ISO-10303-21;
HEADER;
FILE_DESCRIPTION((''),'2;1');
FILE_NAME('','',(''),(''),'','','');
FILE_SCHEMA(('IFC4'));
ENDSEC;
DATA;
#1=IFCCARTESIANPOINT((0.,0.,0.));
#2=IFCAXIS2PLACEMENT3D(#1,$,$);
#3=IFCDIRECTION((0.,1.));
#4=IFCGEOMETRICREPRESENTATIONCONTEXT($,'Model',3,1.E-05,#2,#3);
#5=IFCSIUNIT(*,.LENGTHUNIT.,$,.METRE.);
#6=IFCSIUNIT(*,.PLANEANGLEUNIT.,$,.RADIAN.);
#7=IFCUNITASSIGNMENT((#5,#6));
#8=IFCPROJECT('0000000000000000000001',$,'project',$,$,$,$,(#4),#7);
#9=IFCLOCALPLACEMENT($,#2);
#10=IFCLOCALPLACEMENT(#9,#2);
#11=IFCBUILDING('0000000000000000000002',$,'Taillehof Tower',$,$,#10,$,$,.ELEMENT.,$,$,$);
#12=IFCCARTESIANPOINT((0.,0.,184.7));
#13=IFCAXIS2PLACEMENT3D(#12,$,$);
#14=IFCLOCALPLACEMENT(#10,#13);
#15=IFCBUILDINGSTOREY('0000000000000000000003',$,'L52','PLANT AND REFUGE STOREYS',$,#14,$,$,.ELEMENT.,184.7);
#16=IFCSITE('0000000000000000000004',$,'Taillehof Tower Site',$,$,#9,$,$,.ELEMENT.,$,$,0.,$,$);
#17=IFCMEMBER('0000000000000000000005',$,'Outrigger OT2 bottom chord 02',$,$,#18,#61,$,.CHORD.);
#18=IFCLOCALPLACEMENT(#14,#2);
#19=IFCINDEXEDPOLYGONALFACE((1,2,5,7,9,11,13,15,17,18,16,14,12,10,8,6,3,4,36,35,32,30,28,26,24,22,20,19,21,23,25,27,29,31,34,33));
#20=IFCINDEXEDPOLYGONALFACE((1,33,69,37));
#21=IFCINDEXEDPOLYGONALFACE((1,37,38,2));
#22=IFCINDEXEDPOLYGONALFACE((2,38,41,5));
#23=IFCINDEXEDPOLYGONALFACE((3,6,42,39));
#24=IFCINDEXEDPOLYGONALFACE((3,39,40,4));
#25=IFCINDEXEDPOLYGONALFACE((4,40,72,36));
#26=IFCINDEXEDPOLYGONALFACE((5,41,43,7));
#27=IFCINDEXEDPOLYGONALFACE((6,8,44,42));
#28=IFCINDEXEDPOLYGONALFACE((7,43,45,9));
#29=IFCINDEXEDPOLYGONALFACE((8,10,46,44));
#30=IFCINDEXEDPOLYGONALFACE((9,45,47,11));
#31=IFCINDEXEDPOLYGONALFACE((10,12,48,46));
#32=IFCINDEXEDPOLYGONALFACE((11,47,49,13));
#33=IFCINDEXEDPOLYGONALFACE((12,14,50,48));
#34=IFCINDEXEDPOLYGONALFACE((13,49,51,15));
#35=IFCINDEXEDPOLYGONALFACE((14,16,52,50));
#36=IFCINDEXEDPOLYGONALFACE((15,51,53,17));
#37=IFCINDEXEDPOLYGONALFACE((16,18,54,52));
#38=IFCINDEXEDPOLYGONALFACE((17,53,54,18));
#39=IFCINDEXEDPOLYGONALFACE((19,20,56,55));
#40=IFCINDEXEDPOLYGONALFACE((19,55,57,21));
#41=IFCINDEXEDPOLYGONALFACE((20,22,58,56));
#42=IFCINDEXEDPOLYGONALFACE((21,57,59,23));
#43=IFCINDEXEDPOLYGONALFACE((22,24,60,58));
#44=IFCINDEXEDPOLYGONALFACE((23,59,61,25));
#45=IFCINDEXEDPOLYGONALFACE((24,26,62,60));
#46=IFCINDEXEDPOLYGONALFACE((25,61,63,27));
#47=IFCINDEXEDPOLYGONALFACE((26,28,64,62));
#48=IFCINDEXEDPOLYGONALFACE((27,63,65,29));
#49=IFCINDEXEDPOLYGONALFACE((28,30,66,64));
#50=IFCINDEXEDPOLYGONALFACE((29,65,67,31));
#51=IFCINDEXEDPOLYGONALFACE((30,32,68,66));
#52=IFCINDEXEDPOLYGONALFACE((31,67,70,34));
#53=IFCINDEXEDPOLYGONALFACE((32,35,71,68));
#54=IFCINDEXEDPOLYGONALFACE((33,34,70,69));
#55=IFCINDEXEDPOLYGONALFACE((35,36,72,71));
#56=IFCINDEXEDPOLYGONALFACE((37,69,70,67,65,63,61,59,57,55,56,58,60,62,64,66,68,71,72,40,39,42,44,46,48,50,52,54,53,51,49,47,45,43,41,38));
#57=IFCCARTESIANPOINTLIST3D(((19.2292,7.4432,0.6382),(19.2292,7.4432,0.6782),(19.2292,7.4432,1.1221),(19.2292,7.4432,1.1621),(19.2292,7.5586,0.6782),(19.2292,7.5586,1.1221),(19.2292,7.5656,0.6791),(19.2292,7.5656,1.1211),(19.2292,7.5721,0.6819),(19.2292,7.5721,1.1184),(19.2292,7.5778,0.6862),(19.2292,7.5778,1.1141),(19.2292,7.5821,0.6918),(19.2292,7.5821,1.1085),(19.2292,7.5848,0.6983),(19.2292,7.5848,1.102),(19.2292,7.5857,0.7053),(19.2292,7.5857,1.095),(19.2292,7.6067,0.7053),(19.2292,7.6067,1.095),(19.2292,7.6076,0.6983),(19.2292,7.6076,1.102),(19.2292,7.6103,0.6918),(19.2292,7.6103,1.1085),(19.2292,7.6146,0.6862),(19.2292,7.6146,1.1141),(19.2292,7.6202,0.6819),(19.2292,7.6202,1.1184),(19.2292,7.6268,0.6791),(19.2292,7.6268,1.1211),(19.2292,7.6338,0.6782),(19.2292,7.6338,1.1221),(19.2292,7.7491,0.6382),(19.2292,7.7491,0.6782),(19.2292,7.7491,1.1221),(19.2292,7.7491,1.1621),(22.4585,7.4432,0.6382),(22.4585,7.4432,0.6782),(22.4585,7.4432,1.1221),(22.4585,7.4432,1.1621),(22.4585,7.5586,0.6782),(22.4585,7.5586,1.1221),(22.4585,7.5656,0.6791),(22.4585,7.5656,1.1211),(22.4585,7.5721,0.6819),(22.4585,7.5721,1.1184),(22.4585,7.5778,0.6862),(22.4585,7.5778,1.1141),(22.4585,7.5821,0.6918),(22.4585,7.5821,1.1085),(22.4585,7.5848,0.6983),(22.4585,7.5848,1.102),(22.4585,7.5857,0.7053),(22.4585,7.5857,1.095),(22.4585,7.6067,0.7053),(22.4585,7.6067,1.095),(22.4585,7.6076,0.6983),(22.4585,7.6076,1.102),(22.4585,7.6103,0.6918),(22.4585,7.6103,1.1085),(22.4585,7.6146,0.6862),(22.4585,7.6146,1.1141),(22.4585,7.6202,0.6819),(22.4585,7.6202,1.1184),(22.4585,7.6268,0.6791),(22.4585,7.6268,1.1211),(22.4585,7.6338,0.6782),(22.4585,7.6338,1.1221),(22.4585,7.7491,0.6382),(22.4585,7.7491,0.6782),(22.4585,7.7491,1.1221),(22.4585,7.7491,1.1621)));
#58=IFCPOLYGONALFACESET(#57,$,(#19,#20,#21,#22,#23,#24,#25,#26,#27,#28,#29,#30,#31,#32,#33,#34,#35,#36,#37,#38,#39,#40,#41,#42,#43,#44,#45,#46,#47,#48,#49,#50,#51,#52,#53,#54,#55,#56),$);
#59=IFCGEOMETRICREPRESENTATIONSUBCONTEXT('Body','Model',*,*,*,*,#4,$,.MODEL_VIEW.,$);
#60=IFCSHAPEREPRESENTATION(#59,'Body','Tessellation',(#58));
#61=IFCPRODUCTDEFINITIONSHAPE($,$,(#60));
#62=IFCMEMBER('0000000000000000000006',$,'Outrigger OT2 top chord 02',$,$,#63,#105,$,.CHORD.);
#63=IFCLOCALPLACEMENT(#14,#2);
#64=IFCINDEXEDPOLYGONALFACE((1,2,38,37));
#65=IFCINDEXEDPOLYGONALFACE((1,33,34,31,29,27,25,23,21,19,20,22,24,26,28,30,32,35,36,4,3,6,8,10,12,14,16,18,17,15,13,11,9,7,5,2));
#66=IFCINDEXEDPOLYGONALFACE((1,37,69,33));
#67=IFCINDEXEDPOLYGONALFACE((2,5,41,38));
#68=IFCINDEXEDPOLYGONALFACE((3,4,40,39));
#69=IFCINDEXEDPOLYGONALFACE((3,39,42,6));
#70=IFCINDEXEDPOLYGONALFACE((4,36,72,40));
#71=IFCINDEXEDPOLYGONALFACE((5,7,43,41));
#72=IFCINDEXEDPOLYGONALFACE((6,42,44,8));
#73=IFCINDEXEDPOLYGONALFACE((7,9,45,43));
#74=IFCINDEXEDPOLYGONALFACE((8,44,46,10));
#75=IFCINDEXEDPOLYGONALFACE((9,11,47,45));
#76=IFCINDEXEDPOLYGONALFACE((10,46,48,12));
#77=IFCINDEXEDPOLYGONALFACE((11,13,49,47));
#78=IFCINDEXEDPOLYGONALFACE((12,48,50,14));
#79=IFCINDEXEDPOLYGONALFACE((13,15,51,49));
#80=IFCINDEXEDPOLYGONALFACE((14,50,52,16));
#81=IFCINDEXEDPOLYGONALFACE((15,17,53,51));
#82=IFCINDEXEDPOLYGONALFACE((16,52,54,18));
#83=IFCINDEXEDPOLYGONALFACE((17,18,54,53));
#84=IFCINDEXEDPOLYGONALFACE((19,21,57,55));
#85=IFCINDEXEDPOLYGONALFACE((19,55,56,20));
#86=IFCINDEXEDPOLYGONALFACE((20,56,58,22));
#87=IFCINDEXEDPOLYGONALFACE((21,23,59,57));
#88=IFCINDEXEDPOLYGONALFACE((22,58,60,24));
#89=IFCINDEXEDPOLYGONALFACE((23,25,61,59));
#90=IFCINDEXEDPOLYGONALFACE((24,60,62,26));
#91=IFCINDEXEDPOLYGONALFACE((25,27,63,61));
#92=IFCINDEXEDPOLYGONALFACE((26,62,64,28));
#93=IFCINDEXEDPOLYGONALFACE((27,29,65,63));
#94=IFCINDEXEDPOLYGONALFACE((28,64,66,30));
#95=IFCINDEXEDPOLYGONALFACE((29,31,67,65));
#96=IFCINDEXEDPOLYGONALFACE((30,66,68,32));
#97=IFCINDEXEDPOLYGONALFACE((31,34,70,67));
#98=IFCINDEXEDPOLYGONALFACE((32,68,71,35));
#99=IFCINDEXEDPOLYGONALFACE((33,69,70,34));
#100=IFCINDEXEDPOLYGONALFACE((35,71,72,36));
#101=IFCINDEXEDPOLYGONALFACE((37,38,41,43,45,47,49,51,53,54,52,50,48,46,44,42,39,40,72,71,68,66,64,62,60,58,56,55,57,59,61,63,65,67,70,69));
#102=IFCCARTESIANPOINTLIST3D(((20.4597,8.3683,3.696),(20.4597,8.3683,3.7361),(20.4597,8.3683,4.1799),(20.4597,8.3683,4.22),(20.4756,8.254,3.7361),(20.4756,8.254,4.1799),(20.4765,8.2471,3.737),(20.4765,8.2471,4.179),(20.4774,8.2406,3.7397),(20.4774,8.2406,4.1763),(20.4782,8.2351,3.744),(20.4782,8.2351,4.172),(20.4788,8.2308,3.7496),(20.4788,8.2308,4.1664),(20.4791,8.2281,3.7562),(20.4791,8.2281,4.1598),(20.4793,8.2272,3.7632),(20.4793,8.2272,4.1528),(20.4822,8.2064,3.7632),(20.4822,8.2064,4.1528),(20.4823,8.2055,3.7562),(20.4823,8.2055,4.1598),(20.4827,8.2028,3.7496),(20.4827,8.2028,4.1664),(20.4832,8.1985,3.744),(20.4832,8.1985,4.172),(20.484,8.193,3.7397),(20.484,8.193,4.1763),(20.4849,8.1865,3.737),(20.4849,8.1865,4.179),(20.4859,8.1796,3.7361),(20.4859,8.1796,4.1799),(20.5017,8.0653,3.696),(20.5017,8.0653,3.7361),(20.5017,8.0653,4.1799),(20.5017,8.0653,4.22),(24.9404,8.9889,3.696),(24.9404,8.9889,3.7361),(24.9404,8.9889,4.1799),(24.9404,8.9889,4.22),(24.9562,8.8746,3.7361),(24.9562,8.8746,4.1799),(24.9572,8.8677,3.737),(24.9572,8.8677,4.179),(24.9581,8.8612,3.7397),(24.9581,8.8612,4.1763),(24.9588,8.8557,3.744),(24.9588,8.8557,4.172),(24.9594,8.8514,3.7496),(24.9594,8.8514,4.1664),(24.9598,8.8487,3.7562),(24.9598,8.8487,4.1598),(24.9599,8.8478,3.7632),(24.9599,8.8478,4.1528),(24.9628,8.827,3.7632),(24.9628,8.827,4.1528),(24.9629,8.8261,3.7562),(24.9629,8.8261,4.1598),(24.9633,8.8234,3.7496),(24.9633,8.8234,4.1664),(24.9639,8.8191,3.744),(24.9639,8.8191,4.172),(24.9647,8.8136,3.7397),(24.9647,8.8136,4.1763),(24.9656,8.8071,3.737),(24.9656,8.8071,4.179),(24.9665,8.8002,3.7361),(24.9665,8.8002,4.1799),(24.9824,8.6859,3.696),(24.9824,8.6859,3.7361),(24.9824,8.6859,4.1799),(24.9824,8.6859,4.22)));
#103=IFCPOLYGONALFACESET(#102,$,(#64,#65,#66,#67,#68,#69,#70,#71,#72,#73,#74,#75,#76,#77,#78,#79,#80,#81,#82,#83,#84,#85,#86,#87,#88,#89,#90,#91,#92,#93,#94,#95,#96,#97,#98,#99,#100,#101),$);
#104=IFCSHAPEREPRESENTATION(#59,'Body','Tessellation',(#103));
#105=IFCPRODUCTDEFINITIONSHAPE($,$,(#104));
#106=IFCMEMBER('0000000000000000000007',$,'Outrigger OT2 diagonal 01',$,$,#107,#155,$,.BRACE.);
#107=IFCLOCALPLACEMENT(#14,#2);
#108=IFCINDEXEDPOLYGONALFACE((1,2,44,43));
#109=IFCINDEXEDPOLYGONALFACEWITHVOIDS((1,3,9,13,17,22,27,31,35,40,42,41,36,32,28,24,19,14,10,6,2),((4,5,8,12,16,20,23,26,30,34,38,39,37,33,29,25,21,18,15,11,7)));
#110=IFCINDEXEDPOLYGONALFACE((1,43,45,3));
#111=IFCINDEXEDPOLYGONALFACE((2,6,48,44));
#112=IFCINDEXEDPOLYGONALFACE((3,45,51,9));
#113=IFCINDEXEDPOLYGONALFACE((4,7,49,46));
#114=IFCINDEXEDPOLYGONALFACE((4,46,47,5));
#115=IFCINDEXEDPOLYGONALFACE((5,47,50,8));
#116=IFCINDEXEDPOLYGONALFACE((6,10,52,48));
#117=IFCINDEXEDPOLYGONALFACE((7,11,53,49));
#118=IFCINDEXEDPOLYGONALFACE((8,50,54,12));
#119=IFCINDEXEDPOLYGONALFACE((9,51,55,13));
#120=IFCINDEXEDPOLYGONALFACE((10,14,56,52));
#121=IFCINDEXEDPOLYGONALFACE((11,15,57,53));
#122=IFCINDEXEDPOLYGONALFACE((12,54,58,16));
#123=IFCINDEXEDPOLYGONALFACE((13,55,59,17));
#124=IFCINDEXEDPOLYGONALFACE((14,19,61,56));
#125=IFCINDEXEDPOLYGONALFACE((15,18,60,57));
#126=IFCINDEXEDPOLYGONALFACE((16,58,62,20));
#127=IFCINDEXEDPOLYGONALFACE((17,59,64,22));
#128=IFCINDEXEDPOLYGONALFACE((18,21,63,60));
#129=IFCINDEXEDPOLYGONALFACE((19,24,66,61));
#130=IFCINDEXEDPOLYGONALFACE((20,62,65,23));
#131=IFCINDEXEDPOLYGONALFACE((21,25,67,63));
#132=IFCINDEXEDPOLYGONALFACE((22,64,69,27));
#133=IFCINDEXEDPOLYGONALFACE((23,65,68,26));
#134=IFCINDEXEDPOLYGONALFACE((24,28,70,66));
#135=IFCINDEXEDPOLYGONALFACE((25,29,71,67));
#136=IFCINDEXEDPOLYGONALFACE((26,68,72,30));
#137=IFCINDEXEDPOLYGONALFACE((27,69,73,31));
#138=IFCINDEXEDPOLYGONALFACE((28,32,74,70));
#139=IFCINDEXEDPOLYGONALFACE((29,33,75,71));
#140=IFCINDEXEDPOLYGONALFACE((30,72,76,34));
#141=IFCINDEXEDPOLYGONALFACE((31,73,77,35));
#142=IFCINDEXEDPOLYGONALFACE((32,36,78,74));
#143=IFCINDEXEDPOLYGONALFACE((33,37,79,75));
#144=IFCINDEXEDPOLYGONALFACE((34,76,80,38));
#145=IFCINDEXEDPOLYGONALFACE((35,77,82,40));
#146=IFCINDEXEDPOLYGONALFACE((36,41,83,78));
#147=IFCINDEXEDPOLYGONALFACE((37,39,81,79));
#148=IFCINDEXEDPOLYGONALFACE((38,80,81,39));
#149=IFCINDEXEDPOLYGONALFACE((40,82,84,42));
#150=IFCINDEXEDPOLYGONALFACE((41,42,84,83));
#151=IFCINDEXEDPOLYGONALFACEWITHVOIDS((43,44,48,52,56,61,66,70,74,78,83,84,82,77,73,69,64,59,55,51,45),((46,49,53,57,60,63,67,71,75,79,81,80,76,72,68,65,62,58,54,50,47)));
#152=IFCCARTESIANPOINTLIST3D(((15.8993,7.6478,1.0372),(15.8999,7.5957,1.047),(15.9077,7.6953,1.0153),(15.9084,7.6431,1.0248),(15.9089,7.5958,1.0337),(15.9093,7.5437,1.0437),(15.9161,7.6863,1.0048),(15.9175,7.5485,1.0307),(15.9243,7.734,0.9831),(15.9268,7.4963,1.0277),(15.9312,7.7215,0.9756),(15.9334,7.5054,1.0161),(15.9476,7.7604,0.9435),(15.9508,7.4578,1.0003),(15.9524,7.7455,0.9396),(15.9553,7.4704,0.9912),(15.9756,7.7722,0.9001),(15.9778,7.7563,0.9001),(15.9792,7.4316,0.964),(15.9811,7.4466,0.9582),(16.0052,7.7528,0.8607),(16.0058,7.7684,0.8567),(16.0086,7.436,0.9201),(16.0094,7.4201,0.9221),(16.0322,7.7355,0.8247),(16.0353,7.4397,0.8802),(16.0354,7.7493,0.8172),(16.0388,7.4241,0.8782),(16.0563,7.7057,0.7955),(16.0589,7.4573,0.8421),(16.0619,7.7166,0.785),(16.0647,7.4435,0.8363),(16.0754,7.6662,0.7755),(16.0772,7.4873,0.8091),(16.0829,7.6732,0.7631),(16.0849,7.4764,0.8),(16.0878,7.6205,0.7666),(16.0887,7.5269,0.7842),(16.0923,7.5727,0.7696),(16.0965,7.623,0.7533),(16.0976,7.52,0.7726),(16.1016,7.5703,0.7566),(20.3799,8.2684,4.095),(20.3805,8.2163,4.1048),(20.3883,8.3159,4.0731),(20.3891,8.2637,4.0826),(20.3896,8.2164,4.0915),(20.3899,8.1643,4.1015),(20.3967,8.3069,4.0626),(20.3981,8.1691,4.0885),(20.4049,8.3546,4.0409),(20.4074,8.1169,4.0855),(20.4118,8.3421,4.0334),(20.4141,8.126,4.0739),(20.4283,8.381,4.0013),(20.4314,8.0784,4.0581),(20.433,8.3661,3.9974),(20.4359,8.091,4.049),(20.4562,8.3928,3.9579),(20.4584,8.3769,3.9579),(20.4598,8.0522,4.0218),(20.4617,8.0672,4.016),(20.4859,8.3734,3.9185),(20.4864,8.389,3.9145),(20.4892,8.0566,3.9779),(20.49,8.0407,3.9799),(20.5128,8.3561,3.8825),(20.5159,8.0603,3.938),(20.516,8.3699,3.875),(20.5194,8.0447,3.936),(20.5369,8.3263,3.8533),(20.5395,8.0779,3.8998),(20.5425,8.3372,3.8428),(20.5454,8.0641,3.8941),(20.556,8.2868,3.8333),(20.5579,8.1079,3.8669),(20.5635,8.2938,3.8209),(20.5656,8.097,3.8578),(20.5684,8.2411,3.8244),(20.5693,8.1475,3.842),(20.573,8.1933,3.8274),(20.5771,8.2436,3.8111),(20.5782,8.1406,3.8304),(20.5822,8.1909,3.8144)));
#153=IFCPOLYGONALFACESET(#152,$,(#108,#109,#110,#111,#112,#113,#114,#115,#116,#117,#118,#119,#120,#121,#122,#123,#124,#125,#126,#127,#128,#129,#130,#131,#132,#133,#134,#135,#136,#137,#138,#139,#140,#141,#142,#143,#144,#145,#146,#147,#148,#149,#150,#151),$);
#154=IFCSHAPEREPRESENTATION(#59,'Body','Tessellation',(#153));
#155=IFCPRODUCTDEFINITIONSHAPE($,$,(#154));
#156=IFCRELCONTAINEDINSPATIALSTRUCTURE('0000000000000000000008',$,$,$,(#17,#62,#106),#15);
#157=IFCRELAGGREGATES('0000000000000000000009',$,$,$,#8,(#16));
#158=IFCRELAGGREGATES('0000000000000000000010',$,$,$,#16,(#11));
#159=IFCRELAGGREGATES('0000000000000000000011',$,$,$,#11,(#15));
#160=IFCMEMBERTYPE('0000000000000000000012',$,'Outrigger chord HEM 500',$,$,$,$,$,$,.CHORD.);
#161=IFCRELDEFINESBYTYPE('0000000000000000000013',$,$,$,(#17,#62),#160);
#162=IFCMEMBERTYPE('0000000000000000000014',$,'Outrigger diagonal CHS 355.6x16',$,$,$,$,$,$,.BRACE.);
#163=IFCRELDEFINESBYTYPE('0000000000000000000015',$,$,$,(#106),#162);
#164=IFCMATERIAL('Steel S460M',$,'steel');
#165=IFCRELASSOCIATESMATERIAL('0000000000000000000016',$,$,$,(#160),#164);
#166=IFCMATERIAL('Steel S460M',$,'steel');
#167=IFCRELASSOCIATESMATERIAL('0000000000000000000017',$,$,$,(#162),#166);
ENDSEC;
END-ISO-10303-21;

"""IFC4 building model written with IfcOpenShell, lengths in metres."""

from ifc_helpers import new_model, si_unit, direction, frame, origin, origin_2d, place, context, subcontext, project, spatial, hollow_circle, i_section, extrude, material, material_profile, profile_set, type_object, element, save


model = new_model("IFC4")

# Units and contexts
model_context = context("Model", 3, precision=1e-05, world=origin(), true_north=direction((0.0, 1.0)))
body_context = subcontext(model_context, "Body", "Model", "MODEL_VIEW")
ifc_project = project(units=[si_unit("LENGTHUNIT", "METRE"), si_unit("PLANEANGLEUNIT", "RADIAN")], contexts=[model_context])

# Site, building, storey
site_placement = place(None, origin())
site = spatial("IfcSite", under=ifc_project, at=site_placement, Name="Taillehof Tower Site", CompositionType="ELEMENT", RefElevation=0.0)
building_placement = place(site_placement, origin())
building = spatial("IfcBuilding", under=site, at=building_placement, Name="Taillehof Tower", CompositionType="ELEMENT")
storey_placement = place(building_placement, frame((0.0, 0.0, 184.7)))
storey = spatial("IfcBuildingStorey", under=building, at=storey_placement, Name="L52", Description="PLANT AND REFUGE STOREYS", CompositionType="ELEMENT", Elevation=184.7)

# Members
ifc_material_1 = material(Name="Steel S460M", Category="steel")
ifc_material_profile_1 = material_profile(ifc_material_1, i_section(OverallWidth=0.3059, OverallDepth=0.5239, WebThickness=0.021, FlangeThickness=0.04, FilletRadius=0.0271, at=origin_2d()), Name="HEM 500")
ifc_profile_set_1 = profile_set([ifc_material_profile_1], Name="Steel S460M")
member_type_1 = type_object("IfcMemberType", Name="Outrigger chord HEM 500", PredefinedType="CHORD", material=ifc_profile_set_1)
member_1_placement = place(storey_placement, frame((19.2292, 7.5962, 0.9001), z_axis=(1.0, 0.0, 0.0), x_axis=(0.0, 1.0, 0.0)))
element("IfcMember", 1, at=member_1_placement, inside=storey, type_object=member_type_1, Name="Outrigger OT2 bottom chord 02", PredefinedType="CHORD", context=body_context, shape_type="SweptSolid", body=[
    extrude(i_section(OverallWidth=0.3059, OverallDepth=0.5239, WebThickness=0.021, FlangeThickness=0.04, FilletRadius=0.0271, at=origin_2d()), origin(), (0.0, 0.0, 1.0), 3.2292),
])
member_2_placement = place(storey_placement, frame((20.4807, 8.2168, 3.958), z_axis=(0.990544, 0.137196, 0.0), x_axis=(-0.137196, 0.990544, 0.0)))
element("IfcMember", 2, at=member_2_placement, inside=storey, type_object=member_type_1, Name="Outrigger OT2 top chord 02", PredefinedType="CHORD", context=body_context, shape_type="SweptSolid", body=[
    extrude(i_section(OverallWidth=0.3059, OverallDepth=0.5239, WebThickness=0.021, FlangeThickness=0.04, FilletRadius=0.0271, at=origin_2d()), origin(), (0.0, 0.0, 1.0), 4.5234),
])
ifc_material_2 = material(Name="Steel S460M", Category="steel")
ifc_material_profile_2 = material_profile(ifc_material_2, hollow_circle(Radius=0.1777, WallThickness=0.0161, at=origin_2d()), Name="CHS 355.6x16")
ifc_profile_set_2 = profile_set([ifc_material_profile_2], Name="Steel S460M")
member_type_2 = type_object("IfcMemberType", Name="Outrigger diagonal CHS 355.6x16", PredefinedType="BRACE", material=ifc_profile_set_2)
member_3_placement = place(storey_placement, frame((16.0, 7.5962, 0.9001), z_axis=(0.820632, 0.113662, 0.56004), x_axis=(-0.137196, 0.990544, 0.0)))
element("IfcMember", 3, at=member_3_placement, inside=storey, type_object=member_type_2, Name="Outrigger OT2 diagonal 01", PredefinedType="BRACE", context=body_context, shape_type="SweptSolid", body=[
    extrude(hollow_circle(Radius=0.1777, WallThickness=0.0161, at=origin_2d()), origin(), (0.0, 0.0, 1.0), 5.46),
])

save(model, "model.ifc")
